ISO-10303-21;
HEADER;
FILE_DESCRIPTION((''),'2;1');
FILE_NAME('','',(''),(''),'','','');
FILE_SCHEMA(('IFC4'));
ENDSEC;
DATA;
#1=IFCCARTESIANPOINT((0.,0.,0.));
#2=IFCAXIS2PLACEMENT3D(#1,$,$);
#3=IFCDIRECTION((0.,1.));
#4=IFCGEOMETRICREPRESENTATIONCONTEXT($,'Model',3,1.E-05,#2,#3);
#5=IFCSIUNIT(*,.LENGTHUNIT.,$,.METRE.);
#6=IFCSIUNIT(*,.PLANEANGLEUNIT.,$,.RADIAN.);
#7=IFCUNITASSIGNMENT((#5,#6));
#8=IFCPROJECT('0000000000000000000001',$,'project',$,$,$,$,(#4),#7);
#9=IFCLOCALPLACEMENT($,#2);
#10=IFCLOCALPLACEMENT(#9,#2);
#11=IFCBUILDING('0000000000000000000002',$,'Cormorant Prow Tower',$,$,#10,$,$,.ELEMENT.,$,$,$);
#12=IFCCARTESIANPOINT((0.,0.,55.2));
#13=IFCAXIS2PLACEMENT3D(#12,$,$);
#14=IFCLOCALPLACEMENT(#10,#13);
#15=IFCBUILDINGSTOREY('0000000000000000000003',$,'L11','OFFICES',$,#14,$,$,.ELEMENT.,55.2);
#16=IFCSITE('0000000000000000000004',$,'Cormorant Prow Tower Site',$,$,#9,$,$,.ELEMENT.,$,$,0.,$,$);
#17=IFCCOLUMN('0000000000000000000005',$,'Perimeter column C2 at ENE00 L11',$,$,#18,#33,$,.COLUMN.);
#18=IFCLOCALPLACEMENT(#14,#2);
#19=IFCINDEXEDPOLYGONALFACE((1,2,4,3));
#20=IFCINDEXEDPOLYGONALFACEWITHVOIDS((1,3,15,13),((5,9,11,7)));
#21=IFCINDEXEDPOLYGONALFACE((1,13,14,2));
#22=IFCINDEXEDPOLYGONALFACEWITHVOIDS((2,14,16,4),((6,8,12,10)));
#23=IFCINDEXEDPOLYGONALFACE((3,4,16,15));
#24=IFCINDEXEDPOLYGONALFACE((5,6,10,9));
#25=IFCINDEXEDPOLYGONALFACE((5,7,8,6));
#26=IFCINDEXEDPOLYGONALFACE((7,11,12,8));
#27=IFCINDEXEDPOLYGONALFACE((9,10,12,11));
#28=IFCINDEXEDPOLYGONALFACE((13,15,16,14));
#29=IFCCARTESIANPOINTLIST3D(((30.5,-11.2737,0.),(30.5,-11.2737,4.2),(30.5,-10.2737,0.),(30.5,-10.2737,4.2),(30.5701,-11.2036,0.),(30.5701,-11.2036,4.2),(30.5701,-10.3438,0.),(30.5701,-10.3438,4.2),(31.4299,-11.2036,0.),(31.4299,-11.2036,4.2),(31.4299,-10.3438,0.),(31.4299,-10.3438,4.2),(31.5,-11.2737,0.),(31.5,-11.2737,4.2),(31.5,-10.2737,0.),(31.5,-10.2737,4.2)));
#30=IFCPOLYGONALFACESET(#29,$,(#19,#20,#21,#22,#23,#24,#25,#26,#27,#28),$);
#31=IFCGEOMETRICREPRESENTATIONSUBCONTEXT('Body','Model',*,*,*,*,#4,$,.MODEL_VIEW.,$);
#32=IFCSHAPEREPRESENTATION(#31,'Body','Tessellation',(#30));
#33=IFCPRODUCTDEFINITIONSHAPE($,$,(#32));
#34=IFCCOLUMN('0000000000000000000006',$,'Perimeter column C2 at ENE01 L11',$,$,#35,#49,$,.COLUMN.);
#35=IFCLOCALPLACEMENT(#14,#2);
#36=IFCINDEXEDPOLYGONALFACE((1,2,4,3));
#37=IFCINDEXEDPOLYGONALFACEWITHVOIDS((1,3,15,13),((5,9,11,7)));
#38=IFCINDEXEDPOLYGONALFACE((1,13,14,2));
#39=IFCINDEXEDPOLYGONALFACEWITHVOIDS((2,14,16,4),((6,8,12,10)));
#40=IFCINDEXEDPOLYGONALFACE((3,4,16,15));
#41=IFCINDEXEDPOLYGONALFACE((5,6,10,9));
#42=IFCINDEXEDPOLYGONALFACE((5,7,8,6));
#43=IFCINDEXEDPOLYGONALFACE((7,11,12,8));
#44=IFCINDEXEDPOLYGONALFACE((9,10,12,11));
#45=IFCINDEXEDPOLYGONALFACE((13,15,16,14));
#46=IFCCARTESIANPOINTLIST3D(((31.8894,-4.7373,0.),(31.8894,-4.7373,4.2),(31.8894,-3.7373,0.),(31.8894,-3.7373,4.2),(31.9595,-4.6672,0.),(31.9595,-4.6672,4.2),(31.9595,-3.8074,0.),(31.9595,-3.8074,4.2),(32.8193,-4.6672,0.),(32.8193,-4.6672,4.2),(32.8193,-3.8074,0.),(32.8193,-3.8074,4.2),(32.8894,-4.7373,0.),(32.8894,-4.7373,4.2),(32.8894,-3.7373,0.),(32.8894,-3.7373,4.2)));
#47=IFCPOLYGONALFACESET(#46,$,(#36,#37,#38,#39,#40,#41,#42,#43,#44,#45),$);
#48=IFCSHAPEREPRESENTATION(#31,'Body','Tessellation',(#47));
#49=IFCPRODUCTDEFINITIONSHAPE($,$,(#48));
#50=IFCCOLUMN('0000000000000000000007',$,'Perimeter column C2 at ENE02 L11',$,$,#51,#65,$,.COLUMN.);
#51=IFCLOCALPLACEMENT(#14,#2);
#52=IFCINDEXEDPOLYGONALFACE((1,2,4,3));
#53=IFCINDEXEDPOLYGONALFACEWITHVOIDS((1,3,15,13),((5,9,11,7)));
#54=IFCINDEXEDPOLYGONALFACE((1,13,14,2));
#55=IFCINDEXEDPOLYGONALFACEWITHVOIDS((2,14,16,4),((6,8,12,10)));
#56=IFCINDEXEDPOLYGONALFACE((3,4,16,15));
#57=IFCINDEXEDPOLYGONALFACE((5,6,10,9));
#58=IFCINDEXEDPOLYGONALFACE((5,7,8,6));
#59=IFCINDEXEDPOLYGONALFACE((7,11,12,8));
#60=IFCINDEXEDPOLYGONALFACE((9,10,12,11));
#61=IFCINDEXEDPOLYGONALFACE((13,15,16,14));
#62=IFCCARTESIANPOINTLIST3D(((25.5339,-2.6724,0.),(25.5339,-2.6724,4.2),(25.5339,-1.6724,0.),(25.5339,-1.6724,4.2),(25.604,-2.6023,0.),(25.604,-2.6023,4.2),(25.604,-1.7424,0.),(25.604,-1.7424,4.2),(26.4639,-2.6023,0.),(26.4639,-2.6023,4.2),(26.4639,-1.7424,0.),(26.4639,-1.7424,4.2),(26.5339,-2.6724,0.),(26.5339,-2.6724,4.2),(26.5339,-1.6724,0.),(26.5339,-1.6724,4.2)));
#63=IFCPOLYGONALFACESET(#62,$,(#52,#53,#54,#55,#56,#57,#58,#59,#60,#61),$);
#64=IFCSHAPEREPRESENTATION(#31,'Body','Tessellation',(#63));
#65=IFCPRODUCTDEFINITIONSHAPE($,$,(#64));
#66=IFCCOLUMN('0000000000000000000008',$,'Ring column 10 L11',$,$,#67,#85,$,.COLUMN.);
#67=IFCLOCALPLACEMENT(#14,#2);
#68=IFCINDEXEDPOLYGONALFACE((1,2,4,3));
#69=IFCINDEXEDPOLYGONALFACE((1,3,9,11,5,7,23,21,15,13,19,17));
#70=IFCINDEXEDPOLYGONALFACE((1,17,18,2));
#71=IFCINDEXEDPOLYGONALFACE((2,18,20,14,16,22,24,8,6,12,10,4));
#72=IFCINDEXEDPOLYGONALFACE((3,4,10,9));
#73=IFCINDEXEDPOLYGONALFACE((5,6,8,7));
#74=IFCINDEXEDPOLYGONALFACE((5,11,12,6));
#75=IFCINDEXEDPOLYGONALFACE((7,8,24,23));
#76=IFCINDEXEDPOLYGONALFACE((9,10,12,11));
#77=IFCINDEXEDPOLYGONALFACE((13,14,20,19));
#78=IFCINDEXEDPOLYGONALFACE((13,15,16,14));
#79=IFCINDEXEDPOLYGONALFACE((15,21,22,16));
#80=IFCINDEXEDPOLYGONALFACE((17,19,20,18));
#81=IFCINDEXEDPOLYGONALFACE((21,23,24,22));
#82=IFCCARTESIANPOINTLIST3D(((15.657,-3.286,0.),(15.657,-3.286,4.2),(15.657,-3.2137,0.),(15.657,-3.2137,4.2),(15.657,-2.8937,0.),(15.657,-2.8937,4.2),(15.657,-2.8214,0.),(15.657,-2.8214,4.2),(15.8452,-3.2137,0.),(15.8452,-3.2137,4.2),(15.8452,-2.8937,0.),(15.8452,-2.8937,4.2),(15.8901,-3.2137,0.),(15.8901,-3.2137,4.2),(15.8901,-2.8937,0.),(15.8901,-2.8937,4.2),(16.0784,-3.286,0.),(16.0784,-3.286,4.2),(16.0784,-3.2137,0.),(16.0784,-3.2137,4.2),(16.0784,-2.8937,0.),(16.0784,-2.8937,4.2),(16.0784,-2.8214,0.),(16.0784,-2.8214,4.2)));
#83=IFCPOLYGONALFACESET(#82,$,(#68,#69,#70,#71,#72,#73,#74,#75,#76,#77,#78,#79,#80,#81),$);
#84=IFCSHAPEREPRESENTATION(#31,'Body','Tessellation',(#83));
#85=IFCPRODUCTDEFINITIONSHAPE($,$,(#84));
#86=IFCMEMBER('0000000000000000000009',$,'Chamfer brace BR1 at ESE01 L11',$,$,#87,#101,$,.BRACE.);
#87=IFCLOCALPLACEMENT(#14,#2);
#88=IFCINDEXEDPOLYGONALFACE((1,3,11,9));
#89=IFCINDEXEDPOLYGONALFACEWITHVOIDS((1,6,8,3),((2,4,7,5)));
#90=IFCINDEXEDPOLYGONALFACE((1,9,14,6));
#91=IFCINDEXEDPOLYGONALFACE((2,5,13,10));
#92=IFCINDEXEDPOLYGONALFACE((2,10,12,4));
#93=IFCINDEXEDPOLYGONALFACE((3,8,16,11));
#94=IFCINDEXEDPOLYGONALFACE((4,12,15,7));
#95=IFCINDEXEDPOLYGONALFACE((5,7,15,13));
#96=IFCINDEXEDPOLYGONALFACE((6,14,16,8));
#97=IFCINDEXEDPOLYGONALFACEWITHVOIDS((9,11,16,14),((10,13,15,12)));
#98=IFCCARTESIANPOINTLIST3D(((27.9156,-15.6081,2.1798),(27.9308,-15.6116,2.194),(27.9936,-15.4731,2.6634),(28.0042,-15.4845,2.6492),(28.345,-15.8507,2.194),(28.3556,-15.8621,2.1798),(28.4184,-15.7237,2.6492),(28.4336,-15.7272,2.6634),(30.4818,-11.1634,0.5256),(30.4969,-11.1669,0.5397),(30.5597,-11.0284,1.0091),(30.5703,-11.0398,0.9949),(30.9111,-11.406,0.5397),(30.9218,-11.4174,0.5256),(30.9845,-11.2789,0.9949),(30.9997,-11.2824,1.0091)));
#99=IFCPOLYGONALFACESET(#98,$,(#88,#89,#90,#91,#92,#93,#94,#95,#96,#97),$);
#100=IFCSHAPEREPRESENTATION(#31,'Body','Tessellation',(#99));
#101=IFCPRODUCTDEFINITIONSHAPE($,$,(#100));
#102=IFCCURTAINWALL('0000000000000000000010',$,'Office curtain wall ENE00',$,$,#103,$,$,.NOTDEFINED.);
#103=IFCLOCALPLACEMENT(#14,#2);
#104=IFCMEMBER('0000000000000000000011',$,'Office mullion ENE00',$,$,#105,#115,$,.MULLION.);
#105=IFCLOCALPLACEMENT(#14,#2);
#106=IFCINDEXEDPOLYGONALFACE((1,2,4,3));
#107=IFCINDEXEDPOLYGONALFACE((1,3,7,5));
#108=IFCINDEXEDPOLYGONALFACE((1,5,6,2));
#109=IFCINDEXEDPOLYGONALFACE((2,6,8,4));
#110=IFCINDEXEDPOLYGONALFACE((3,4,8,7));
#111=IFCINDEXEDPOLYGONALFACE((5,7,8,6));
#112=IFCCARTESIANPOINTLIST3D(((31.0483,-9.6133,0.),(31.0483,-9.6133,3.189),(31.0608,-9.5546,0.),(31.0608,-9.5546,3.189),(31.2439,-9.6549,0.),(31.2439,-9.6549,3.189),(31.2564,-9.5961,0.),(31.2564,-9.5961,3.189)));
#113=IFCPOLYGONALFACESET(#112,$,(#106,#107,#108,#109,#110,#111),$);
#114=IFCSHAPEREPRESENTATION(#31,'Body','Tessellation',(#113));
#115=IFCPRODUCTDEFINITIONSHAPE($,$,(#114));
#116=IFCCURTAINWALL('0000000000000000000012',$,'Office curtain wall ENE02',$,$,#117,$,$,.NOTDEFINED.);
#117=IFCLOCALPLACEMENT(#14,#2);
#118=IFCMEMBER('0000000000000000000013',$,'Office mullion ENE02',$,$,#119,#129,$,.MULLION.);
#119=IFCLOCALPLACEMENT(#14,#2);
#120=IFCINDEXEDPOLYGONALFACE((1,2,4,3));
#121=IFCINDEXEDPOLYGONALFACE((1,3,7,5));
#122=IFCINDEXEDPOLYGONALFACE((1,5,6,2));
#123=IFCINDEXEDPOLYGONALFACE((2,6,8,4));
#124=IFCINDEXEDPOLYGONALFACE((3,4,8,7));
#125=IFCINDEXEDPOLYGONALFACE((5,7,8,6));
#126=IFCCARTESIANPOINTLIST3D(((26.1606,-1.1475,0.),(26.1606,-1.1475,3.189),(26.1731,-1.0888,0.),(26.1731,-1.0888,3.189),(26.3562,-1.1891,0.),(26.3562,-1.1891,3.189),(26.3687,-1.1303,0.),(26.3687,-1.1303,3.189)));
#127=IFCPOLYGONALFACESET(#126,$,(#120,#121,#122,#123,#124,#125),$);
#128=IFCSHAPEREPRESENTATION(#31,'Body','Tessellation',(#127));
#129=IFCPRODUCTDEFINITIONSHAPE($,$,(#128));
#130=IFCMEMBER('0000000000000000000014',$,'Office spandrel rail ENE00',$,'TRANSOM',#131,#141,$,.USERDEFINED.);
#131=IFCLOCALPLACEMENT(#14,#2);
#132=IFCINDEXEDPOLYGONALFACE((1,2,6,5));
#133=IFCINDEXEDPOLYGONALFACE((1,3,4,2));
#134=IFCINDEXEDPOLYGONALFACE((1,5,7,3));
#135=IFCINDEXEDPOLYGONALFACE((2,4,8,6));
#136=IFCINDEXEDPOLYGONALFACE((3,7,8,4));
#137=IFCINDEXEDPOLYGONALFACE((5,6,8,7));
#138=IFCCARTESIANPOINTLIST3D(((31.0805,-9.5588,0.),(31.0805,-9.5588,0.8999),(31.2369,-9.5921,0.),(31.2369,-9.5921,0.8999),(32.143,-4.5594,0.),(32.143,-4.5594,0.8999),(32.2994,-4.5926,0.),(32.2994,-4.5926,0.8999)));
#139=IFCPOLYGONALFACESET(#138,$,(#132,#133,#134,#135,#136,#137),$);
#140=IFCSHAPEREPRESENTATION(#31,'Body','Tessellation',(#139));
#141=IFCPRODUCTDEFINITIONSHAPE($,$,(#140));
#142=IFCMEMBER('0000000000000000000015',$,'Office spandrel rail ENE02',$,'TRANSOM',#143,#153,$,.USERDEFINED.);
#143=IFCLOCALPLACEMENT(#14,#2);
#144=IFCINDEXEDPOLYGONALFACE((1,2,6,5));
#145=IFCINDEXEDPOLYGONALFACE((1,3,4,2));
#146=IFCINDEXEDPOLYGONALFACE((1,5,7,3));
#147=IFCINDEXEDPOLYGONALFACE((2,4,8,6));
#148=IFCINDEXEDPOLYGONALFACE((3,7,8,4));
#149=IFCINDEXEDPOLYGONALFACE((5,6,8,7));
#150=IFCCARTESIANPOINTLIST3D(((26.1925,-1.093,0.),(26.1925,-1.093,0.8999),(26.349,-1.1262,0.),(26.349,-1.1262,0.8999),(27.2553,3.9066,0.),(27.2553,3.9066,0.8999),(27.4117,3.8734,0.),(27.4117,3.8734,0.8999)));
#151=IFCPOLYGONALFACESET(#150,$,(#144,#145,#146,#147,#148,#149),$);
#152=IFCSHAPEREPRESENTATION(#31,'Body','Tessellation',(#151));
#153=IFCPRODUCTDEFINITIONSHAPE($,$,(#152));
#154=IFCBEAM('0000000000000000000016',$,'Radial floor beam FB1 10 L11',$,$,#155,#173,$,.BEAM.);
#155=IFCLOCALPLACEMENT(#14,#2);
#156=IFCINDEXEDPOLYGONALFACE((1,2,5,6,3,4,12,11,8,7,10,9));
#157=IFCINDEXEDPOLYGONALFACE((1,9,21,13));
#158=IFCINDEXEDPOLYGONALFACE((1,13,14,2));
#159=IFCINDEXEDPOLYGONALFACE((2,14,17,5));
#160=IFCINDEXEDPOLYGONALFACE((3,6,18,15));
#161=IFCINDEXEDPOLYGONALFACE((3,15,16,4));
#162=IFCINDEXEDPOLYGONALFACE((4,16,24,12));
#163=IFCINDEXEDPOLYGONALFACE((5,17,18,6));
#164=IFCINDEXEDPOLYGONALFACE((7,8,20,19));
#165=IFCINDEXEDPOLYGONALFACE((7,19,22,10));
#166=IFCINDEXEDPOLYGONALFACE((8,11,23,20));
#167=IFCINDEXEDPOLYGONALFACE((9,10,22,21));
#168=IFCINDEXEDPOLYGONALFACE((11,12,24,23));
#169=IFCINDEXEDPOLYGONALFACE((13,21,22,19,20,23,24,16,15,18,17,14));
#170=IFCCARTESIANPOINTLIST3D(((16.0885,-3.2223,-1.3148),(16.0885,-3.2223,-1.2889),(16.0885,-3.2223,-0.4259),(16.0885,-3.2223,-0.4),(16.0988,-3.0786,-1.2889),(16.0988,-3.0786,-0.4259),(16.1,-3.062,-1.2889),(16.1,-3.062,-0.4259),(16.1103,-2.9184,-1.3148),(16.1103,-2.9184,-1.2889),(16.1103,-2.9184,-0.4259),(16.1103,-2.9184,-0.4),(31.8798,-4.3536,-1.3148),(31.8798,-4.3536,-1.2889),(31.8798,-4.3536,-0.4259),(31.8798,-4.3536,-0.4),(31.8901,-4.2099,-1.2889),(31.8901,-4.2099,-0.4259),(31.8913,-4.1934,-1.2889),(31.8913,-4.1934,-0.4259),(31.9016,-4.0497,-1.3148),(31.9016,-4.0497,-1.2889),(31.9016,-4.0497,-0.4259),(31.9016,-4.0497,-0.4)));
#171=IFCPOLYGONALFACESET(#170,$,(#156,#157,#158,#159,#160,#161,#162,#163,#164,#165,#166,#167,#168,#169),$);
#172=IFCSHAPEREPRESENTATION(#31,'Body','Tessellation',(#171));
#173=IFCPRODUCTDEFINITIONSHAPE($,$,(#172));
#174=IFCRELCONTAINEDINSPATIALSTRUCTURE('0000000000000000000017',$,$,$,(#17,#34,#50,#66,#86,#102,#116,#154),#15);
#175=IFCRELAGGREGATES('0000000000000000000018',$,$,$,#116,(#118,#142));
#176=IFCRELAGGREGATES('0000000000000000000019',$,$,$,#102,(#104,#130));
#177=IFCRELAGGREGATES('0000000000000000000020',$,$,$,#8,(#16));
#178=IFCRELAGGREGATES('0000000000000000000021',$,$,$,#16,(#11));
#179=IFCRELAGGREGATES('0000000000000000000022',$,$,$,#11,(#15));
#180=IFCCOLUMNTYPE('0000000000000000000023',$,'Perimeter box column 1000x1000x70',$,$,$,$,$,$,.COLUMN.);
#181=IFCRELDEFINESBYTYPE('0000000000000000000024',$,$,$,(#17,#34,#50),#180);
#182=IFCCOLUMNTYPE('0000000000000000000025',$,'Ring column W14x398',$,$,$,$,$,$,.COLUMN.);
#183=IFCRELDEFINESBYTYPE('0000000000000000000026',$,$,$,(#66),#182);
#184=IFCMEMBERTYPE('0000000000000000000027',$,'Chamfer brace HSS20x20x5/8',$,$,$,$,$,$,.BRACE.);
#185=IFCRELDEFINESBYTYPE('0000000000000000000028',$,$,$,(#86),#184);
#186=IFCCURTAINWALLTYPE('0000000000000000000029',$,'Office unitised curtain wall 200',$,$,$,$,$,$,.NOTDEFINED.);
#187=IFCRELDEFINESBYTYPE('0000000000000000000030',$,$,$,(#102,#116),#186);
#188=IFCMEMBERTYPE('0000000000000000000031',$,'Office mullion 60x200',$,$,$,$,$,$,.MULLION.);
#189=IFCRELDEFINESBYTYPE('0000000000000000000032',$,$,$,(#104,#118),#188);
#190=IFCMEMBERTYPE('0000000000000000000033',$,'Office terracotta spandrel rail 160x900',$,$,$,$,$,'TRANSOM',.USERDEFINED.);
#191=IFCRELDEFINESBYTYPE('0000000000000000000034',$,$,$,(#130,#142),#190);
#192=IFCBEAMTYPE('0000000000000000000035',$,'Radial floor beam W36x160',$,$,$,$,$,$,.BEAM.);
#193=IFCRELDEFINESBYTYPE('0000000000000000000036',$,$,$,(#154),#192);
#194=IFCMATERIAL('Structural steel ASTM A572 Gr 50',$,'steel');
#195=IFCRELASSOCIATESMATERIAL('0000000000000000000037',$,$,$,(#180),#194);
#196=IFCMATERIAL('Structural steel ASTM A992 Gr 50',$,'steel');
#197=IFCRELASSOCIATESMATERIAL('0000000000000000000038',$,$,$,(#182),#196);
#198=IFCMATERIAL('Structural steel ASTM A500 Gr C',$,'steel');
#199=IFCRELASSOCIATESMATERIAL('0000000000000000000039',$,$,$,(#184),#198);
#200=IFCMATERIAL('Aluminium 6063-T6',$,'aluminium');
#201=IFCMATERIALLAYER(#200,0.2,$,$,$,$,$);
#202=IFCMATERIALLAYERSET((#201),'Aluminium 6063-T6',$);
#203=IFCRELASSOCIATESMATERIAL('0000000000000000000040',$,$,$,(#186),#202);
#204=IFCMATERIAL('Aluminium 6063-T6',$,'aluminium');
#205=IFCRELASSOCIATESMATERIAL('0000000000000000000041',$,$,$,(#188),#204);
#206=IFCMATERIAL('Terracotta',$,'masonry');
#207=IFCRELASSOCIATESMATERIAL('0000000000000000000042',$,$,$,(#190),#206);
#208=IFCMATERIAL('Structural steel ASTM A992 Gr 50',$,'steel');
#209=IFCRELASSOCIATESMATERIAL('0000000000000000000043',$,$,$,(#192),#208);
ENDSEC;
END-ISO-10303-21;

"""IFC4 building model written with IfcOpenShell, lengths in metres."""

from ifc_helpers import new_model, si_unit, direction, frame, origin, origin_2d, place, context, subcontext, project, spatial, rectangle, hollow_rectangle, i_section, extrude, material, layer, layer_set, material_profile, profile_set, type_object, element, aggregate, save


model = new_model("IFC4")

# Units and contexts
model_context = context("Model", 3, precision=1e-05, world=origin(), true_north=direction((0.0, 1.0)))
body_context = subcontext(model_context, "Body", "Model", "MODEL_VIEW")
ifc_project = project(units=[si_unit("LENGTHUNIT", "METRE"), si_unit("PLANEANGLEUNIT", "RADIAN")], contexts=[model_context])

# Site, building, storey
site_placement = place(None, origin())
site = spatial("IfcSite", under=ifc_project, at=site_placement, Name="Cormorant Prow Tower Site", CompositionType="ELEMENT", RefElevation=0.0)
building_placement = place(site_placement, origin())
building = spatial("IfcBuilding", under=site, at=building_placement, Name="Cormorant Prow Tower", CompositionType="ELEMENT")
storey_placement = place(building_placement, frame((0.0, 0.0, 55.2)))
storey = spatial("IfcBuildingStorey", under=building, at=storey_placement, Name="L11", Description="OFFICES", CompositionType="ELEMENT", Elevation=55.2)

# Columns
ifc_material_1 = material(Name="Structural steel ASTM A572 Gr 50", Category="steel")
ifc_material_profile_1 = material_profile(ifc_material_1, hollow_rectangle(XDim=1.0, YDim=1.0, WallThickness=0.0701, at=origin_2d()), Name="Box 1000x1000x70")
ifc_profile_set_1 = profile_set([ifc_material_profile_1], Name="Structural steel ASTM A572 Gr 50")
column_type_1 = type_object("IfcColumnType", Name="Perimeter box column 1000x1000x70", PredefinedType="COLUMN", material=ifc_profile_set_1)
for number, where, z_axis, x_axis, name in (
    (1, (31.0, -10.7737, 0.0), (0.0, 0.0, 1.0), (1.0, 0.0, 0.0), "Perimeter column C2 at ENE00 L11"),
    (2, (32.3894, -4.2373, 0.0), (0.0, 0.0, 1.0), (1.0, 0.0, 0.0), "Perimeter column C2 at ENE01 L11"),
    (3, (26.0339, -2.1724, 0.0), (0.0, 0.0, 1.0), (1.0, 0.0, 0.0), "Perimeter column C2 at ENE02 L11"),
):
    element("IfcColumn", number, at=place(storey_placement, frame(where, z_axis=z_axis, x_axis=x_axis)), inside=storey, type_object=column_type_1, Name=name, PredefinedType="COLUMN", context=body_context, shape_type="SweptSolid", body=[
        extrude(hollow_rectangle(XDim=1.0, YDim=1.0, WallThickness=0.0701, at=origin_2d()), origin(), (0.0, 0.0, 1.0), 4.2),
    ])
ifc_material_2 = material(Name="Structural steel ASTM A992 Gr 50", Category="steel")
ifc_material_profile_2 = material_profile(ifc_material_2, i_section(OverallWidth=0.4214, OverallDepth=0.4646, WebThickness=0.0449, FlangeThickness=0.0723, at=origin_2d()), Name="W14x398")
ifc_profile_set_2 = profile_set([ifc_material_profile_2], Name="Structural steel ASTM A992 Gr 50")
column_type_2 = type_object("IfcColumnType", Name="Ring column W14x398", PredefinedType="COLUMN", material=ifc_profile_set_2)
column_placement = place(storey_placement, frame((15.8677, -3.0537, 0.0), z_axis=(0.0, 0.0, 1.0), x_axis=(1.0, 0.0, 0.0)))
element("IfcColumn", 4, at=column_placement, inside=storey, type_object=column_type_2, Name="Ring column 10 L11", PredefinedType="COLUMN", context=body_context, shape_type="SweptSolid", body=[
    extrude(i_section(OverallWidth=0.4214, OverallDepth=0.4646, WebThickness=0.0449, FlangeThickness=0.0723, at=origin_2d()), origin(), (0.0, 0.0, 1.0), 4.2),
])

# Member
ifc_material_3 = material(Name="Structural steel ASTM A500 Gr C", Category="steel")
ifc_material_profile_3 = material_profile(ifc_material_3, hollow_rectangle(XDim=0.5081, YDim=0.5081, WallThickness=0.0149, at=origin_2d()), Name="HSS20x20x5/8")
ifc_profile_set_3 = profile_set([ifc_material_profile_3], Name="Structural steel ASTM A500 Gr C")
member_type_1 = type_object("IfcMemberType", Name="Chamfer brace HSS20x20x5/8", PredefinedType="BRACE", material=ifc_profile_set_3)
member_1_placement = place(storey_placement, frame((30.7407, -11.2229, 0.7673), z_axis=(-0.475882, -0.82427, 0.306781), x_axis=(0.86603, -0.499991, 0.0)))
element("IfcMember", 5, at=member_1_placement, inside=storey, type_object=member_type_1, Name="Chamfer brace BR1 at ESE01 L11", PredefinedType="BRACE", context=body_context, shape_type="SweptSolid", body=[
    extrude(hollow_rectangle(XDim=0.5081, YDim=0.5081, WallThickness=0.0149, at=origin_2d()), origin(), (0.0, 0.0, 1.0), 5.3923),
])

# Curtain walls, members
ifc_material_4 = material(Name="Aluminium 6063-T6", Category="aluminium")
ifc_layer_1 = layer(ifc_material_4, 0.2)
ifc_layer_set_1 = layer_set([ifc_layer_1], Name="Aluminium 6063-T6")
curtain_wall_type = type_object("IfcCurtainWallType", Name="Office unitised curtain wall 200", PredefinedType="NOTDEFINED", material=ifc_layer_set_1)
curtain_wall_1_placement = place(storey_placement, origin())
curtain_wall_1 = element("IfcCurtainWall", 6, at=curtain_wall_1_placement, inside=storey, type_object=curtain_wall_type, Name="Office curtain wall ENE00", PredefinedType="NOTDEFINED")
ifc_material_5 = material(Name="Aluminium 6063-T6", Category="aluminium")
ifc_material_profile_4 = material_profile(ifc_material_5, rectangle(XDim=0.2, YDim=0.0601, at=origin_2d()), Name="Office mullion 60x200")
ifc_profile_set_4 = profile_set([ifc_material_profile_4], Name="Aluminium 6063-T6")
member_type_2 = type_object("IfcMemberType", Name="Office mullion 60x200", PredefinedType="MULLION", material=ifc_profile_set_4)
member_2_placement = place(storey_placement, frame((31.1523, -9.6047, 0.0), z_axis=(0.0, 0.0, 1.0), x_axis=(-0.978148, 0.207912, 0.0)))
member_2 = element("IfcMember", 7, at=member_2_placement, type_object=member_type_2, Name="Office mullion ENE00", PredefinedType="MULLION", context=body_context, shape_type="SweptSolid", body=[
    extrude(rectangle(XDim=0.2, YDim=0.0601, at=origin_2d()), origin(), (0.0, 0.0, 1.0), 3.189),
])
curtain_wall_2_placement = place(storey_placement, origin())
curtain_wall_2 = element("IfcCurtainWall", 8, at=curtain_wall_2_placement, inside=storey, type_object=curtain_wall_type, Name="Office curtain wall ENE02", PredefinedType="NOTDEFINED")
member_3_placement = place(storey_placement, frame((26.2646, -1.1389, 0.0), z_axis=(0.0, 0.0, 1.0), x_axis=(-0.978148, 0.207912, 0.0)))
member_3 = element("IfcMember", 9, at=member_3_placement, type_object=member_type_2, Name="Office mullion ENE02", PredefinedType="MULLION", context=body_context, shape_type="SweptSolid", body=[
    extrude(rectangle(XDim=0.2, YDim=0.0601, at=origin_2d()), origin(), (0.0, 0.0, 1.0), 3.189),
])

# Members
ifc_material_6 = material(Name="Terracotta", Category="masonry")
ifc_material_profile_5 = material_profile(ifc_material_6, rectangle(XDim=0.1599, YDim=0.8999, at=origin_2d()), Name="Office terracotta spandrel rail 160x900")
ifc_profile_set_5 = profile_set([ifc_material_profile_5], Name="Terracotta")
member_type_3 = type_object("IfcMemberType", Name="Office terracotta spandrel rail 160x900", ElementType="TRANSOM", PredefinedType="USERDEFINED", material=ifc_profile_set_5)
member_4_placement = place(storey_placement, frame((31.1587, -9.5754, 0.45), z_axis=(0.207878, 0.978155, 0.0), x_axis=(-0.978155, 0.207878, 0.0)))
member_4 = element("IfcMember", 10, at=member_4_placement, type_object=member_type_3, Name="Office spandrel rail ENE00", ObjectType="TRANSOM", PredefinedType="USERDEFINED", context=body_context, shape_type="SweptSolid", body=[
    extrude(rectangle(XDim=0.1599, YDim=0.8999, at=origin_2d()), origin(), (0.0, 0.0, 1.0), 5.1111),
])
member_5_placement = place(storey_placement, frame((26.2708, -1.1096, 0.45), z_axis=(0.207924, 0.978145, 0.0), x_axis=(-0.978145, 0.207924, 0.0)))
member_5 = element("IfcMember", 11, at=member_5_placement, type_object=member_type_3, Name="Office spandrel rail ENE02", ObjectType="TRANSOM", PredefinedType="USERDEFINED", context=body_context, shape_type="SweptSolid", body=[
    extrude(rectangle(XDim=0.1599, YDim=0.8999, at=origin_2d()), origin(), (0.0, 0.0, 1.0), 5.1113),
])
aggregate(curtain_wall_2, [member_3, member_5])

# Beam
ifc_material_7 = material(Name="Structural steel ASTM A992 Gr 50", Category="steel")
ifc_material_profile_6 = material_profile(ifc_material_7, i_section(OverallWidth=0.3047, OverallDepth=0.9148, WebThickness=0.0166, FlangeThickness=0.0259, at=origin_2d()), Name="W36x160")
ifc_profile_set_6 = profile_set([ifc_material_profile_6], Name="Structural steel ASTM A992 Gr 50")
beam_type_1 = type_object("IfcBeamType", Name="Radial floor beam W36x160", PredefinedType="BEAM", material=ifc_profile_set_6)
beam_1_placement = place(storey_placement, frame((16.0994, -3.0703, -0.8574), z_axis=(0.997443, -0.071461, 0.0), x_axis=(0.071461, 0.997443, 0.0)))
element("IfcBeam", 12, at=beam_1_placement, inside=storey, type_object=beam_type_1, Name="Radial floor beam FB1 10 L11", PredefinedType="BEAM", context=body_context, shape_type="SweptSolid", body=[
    extrude(i_section(OverallWidth=0.3047, OverallDepth=0.9148, WebThickness=0.0166, FlangeThickness=0.0259, at=origin_2d()), origin(), (0.0, 0.0, 1.0), 15.8318),
])

aggregate(curtain_wall_1, [member_2, member_4])

save(model, "model.ifc")
